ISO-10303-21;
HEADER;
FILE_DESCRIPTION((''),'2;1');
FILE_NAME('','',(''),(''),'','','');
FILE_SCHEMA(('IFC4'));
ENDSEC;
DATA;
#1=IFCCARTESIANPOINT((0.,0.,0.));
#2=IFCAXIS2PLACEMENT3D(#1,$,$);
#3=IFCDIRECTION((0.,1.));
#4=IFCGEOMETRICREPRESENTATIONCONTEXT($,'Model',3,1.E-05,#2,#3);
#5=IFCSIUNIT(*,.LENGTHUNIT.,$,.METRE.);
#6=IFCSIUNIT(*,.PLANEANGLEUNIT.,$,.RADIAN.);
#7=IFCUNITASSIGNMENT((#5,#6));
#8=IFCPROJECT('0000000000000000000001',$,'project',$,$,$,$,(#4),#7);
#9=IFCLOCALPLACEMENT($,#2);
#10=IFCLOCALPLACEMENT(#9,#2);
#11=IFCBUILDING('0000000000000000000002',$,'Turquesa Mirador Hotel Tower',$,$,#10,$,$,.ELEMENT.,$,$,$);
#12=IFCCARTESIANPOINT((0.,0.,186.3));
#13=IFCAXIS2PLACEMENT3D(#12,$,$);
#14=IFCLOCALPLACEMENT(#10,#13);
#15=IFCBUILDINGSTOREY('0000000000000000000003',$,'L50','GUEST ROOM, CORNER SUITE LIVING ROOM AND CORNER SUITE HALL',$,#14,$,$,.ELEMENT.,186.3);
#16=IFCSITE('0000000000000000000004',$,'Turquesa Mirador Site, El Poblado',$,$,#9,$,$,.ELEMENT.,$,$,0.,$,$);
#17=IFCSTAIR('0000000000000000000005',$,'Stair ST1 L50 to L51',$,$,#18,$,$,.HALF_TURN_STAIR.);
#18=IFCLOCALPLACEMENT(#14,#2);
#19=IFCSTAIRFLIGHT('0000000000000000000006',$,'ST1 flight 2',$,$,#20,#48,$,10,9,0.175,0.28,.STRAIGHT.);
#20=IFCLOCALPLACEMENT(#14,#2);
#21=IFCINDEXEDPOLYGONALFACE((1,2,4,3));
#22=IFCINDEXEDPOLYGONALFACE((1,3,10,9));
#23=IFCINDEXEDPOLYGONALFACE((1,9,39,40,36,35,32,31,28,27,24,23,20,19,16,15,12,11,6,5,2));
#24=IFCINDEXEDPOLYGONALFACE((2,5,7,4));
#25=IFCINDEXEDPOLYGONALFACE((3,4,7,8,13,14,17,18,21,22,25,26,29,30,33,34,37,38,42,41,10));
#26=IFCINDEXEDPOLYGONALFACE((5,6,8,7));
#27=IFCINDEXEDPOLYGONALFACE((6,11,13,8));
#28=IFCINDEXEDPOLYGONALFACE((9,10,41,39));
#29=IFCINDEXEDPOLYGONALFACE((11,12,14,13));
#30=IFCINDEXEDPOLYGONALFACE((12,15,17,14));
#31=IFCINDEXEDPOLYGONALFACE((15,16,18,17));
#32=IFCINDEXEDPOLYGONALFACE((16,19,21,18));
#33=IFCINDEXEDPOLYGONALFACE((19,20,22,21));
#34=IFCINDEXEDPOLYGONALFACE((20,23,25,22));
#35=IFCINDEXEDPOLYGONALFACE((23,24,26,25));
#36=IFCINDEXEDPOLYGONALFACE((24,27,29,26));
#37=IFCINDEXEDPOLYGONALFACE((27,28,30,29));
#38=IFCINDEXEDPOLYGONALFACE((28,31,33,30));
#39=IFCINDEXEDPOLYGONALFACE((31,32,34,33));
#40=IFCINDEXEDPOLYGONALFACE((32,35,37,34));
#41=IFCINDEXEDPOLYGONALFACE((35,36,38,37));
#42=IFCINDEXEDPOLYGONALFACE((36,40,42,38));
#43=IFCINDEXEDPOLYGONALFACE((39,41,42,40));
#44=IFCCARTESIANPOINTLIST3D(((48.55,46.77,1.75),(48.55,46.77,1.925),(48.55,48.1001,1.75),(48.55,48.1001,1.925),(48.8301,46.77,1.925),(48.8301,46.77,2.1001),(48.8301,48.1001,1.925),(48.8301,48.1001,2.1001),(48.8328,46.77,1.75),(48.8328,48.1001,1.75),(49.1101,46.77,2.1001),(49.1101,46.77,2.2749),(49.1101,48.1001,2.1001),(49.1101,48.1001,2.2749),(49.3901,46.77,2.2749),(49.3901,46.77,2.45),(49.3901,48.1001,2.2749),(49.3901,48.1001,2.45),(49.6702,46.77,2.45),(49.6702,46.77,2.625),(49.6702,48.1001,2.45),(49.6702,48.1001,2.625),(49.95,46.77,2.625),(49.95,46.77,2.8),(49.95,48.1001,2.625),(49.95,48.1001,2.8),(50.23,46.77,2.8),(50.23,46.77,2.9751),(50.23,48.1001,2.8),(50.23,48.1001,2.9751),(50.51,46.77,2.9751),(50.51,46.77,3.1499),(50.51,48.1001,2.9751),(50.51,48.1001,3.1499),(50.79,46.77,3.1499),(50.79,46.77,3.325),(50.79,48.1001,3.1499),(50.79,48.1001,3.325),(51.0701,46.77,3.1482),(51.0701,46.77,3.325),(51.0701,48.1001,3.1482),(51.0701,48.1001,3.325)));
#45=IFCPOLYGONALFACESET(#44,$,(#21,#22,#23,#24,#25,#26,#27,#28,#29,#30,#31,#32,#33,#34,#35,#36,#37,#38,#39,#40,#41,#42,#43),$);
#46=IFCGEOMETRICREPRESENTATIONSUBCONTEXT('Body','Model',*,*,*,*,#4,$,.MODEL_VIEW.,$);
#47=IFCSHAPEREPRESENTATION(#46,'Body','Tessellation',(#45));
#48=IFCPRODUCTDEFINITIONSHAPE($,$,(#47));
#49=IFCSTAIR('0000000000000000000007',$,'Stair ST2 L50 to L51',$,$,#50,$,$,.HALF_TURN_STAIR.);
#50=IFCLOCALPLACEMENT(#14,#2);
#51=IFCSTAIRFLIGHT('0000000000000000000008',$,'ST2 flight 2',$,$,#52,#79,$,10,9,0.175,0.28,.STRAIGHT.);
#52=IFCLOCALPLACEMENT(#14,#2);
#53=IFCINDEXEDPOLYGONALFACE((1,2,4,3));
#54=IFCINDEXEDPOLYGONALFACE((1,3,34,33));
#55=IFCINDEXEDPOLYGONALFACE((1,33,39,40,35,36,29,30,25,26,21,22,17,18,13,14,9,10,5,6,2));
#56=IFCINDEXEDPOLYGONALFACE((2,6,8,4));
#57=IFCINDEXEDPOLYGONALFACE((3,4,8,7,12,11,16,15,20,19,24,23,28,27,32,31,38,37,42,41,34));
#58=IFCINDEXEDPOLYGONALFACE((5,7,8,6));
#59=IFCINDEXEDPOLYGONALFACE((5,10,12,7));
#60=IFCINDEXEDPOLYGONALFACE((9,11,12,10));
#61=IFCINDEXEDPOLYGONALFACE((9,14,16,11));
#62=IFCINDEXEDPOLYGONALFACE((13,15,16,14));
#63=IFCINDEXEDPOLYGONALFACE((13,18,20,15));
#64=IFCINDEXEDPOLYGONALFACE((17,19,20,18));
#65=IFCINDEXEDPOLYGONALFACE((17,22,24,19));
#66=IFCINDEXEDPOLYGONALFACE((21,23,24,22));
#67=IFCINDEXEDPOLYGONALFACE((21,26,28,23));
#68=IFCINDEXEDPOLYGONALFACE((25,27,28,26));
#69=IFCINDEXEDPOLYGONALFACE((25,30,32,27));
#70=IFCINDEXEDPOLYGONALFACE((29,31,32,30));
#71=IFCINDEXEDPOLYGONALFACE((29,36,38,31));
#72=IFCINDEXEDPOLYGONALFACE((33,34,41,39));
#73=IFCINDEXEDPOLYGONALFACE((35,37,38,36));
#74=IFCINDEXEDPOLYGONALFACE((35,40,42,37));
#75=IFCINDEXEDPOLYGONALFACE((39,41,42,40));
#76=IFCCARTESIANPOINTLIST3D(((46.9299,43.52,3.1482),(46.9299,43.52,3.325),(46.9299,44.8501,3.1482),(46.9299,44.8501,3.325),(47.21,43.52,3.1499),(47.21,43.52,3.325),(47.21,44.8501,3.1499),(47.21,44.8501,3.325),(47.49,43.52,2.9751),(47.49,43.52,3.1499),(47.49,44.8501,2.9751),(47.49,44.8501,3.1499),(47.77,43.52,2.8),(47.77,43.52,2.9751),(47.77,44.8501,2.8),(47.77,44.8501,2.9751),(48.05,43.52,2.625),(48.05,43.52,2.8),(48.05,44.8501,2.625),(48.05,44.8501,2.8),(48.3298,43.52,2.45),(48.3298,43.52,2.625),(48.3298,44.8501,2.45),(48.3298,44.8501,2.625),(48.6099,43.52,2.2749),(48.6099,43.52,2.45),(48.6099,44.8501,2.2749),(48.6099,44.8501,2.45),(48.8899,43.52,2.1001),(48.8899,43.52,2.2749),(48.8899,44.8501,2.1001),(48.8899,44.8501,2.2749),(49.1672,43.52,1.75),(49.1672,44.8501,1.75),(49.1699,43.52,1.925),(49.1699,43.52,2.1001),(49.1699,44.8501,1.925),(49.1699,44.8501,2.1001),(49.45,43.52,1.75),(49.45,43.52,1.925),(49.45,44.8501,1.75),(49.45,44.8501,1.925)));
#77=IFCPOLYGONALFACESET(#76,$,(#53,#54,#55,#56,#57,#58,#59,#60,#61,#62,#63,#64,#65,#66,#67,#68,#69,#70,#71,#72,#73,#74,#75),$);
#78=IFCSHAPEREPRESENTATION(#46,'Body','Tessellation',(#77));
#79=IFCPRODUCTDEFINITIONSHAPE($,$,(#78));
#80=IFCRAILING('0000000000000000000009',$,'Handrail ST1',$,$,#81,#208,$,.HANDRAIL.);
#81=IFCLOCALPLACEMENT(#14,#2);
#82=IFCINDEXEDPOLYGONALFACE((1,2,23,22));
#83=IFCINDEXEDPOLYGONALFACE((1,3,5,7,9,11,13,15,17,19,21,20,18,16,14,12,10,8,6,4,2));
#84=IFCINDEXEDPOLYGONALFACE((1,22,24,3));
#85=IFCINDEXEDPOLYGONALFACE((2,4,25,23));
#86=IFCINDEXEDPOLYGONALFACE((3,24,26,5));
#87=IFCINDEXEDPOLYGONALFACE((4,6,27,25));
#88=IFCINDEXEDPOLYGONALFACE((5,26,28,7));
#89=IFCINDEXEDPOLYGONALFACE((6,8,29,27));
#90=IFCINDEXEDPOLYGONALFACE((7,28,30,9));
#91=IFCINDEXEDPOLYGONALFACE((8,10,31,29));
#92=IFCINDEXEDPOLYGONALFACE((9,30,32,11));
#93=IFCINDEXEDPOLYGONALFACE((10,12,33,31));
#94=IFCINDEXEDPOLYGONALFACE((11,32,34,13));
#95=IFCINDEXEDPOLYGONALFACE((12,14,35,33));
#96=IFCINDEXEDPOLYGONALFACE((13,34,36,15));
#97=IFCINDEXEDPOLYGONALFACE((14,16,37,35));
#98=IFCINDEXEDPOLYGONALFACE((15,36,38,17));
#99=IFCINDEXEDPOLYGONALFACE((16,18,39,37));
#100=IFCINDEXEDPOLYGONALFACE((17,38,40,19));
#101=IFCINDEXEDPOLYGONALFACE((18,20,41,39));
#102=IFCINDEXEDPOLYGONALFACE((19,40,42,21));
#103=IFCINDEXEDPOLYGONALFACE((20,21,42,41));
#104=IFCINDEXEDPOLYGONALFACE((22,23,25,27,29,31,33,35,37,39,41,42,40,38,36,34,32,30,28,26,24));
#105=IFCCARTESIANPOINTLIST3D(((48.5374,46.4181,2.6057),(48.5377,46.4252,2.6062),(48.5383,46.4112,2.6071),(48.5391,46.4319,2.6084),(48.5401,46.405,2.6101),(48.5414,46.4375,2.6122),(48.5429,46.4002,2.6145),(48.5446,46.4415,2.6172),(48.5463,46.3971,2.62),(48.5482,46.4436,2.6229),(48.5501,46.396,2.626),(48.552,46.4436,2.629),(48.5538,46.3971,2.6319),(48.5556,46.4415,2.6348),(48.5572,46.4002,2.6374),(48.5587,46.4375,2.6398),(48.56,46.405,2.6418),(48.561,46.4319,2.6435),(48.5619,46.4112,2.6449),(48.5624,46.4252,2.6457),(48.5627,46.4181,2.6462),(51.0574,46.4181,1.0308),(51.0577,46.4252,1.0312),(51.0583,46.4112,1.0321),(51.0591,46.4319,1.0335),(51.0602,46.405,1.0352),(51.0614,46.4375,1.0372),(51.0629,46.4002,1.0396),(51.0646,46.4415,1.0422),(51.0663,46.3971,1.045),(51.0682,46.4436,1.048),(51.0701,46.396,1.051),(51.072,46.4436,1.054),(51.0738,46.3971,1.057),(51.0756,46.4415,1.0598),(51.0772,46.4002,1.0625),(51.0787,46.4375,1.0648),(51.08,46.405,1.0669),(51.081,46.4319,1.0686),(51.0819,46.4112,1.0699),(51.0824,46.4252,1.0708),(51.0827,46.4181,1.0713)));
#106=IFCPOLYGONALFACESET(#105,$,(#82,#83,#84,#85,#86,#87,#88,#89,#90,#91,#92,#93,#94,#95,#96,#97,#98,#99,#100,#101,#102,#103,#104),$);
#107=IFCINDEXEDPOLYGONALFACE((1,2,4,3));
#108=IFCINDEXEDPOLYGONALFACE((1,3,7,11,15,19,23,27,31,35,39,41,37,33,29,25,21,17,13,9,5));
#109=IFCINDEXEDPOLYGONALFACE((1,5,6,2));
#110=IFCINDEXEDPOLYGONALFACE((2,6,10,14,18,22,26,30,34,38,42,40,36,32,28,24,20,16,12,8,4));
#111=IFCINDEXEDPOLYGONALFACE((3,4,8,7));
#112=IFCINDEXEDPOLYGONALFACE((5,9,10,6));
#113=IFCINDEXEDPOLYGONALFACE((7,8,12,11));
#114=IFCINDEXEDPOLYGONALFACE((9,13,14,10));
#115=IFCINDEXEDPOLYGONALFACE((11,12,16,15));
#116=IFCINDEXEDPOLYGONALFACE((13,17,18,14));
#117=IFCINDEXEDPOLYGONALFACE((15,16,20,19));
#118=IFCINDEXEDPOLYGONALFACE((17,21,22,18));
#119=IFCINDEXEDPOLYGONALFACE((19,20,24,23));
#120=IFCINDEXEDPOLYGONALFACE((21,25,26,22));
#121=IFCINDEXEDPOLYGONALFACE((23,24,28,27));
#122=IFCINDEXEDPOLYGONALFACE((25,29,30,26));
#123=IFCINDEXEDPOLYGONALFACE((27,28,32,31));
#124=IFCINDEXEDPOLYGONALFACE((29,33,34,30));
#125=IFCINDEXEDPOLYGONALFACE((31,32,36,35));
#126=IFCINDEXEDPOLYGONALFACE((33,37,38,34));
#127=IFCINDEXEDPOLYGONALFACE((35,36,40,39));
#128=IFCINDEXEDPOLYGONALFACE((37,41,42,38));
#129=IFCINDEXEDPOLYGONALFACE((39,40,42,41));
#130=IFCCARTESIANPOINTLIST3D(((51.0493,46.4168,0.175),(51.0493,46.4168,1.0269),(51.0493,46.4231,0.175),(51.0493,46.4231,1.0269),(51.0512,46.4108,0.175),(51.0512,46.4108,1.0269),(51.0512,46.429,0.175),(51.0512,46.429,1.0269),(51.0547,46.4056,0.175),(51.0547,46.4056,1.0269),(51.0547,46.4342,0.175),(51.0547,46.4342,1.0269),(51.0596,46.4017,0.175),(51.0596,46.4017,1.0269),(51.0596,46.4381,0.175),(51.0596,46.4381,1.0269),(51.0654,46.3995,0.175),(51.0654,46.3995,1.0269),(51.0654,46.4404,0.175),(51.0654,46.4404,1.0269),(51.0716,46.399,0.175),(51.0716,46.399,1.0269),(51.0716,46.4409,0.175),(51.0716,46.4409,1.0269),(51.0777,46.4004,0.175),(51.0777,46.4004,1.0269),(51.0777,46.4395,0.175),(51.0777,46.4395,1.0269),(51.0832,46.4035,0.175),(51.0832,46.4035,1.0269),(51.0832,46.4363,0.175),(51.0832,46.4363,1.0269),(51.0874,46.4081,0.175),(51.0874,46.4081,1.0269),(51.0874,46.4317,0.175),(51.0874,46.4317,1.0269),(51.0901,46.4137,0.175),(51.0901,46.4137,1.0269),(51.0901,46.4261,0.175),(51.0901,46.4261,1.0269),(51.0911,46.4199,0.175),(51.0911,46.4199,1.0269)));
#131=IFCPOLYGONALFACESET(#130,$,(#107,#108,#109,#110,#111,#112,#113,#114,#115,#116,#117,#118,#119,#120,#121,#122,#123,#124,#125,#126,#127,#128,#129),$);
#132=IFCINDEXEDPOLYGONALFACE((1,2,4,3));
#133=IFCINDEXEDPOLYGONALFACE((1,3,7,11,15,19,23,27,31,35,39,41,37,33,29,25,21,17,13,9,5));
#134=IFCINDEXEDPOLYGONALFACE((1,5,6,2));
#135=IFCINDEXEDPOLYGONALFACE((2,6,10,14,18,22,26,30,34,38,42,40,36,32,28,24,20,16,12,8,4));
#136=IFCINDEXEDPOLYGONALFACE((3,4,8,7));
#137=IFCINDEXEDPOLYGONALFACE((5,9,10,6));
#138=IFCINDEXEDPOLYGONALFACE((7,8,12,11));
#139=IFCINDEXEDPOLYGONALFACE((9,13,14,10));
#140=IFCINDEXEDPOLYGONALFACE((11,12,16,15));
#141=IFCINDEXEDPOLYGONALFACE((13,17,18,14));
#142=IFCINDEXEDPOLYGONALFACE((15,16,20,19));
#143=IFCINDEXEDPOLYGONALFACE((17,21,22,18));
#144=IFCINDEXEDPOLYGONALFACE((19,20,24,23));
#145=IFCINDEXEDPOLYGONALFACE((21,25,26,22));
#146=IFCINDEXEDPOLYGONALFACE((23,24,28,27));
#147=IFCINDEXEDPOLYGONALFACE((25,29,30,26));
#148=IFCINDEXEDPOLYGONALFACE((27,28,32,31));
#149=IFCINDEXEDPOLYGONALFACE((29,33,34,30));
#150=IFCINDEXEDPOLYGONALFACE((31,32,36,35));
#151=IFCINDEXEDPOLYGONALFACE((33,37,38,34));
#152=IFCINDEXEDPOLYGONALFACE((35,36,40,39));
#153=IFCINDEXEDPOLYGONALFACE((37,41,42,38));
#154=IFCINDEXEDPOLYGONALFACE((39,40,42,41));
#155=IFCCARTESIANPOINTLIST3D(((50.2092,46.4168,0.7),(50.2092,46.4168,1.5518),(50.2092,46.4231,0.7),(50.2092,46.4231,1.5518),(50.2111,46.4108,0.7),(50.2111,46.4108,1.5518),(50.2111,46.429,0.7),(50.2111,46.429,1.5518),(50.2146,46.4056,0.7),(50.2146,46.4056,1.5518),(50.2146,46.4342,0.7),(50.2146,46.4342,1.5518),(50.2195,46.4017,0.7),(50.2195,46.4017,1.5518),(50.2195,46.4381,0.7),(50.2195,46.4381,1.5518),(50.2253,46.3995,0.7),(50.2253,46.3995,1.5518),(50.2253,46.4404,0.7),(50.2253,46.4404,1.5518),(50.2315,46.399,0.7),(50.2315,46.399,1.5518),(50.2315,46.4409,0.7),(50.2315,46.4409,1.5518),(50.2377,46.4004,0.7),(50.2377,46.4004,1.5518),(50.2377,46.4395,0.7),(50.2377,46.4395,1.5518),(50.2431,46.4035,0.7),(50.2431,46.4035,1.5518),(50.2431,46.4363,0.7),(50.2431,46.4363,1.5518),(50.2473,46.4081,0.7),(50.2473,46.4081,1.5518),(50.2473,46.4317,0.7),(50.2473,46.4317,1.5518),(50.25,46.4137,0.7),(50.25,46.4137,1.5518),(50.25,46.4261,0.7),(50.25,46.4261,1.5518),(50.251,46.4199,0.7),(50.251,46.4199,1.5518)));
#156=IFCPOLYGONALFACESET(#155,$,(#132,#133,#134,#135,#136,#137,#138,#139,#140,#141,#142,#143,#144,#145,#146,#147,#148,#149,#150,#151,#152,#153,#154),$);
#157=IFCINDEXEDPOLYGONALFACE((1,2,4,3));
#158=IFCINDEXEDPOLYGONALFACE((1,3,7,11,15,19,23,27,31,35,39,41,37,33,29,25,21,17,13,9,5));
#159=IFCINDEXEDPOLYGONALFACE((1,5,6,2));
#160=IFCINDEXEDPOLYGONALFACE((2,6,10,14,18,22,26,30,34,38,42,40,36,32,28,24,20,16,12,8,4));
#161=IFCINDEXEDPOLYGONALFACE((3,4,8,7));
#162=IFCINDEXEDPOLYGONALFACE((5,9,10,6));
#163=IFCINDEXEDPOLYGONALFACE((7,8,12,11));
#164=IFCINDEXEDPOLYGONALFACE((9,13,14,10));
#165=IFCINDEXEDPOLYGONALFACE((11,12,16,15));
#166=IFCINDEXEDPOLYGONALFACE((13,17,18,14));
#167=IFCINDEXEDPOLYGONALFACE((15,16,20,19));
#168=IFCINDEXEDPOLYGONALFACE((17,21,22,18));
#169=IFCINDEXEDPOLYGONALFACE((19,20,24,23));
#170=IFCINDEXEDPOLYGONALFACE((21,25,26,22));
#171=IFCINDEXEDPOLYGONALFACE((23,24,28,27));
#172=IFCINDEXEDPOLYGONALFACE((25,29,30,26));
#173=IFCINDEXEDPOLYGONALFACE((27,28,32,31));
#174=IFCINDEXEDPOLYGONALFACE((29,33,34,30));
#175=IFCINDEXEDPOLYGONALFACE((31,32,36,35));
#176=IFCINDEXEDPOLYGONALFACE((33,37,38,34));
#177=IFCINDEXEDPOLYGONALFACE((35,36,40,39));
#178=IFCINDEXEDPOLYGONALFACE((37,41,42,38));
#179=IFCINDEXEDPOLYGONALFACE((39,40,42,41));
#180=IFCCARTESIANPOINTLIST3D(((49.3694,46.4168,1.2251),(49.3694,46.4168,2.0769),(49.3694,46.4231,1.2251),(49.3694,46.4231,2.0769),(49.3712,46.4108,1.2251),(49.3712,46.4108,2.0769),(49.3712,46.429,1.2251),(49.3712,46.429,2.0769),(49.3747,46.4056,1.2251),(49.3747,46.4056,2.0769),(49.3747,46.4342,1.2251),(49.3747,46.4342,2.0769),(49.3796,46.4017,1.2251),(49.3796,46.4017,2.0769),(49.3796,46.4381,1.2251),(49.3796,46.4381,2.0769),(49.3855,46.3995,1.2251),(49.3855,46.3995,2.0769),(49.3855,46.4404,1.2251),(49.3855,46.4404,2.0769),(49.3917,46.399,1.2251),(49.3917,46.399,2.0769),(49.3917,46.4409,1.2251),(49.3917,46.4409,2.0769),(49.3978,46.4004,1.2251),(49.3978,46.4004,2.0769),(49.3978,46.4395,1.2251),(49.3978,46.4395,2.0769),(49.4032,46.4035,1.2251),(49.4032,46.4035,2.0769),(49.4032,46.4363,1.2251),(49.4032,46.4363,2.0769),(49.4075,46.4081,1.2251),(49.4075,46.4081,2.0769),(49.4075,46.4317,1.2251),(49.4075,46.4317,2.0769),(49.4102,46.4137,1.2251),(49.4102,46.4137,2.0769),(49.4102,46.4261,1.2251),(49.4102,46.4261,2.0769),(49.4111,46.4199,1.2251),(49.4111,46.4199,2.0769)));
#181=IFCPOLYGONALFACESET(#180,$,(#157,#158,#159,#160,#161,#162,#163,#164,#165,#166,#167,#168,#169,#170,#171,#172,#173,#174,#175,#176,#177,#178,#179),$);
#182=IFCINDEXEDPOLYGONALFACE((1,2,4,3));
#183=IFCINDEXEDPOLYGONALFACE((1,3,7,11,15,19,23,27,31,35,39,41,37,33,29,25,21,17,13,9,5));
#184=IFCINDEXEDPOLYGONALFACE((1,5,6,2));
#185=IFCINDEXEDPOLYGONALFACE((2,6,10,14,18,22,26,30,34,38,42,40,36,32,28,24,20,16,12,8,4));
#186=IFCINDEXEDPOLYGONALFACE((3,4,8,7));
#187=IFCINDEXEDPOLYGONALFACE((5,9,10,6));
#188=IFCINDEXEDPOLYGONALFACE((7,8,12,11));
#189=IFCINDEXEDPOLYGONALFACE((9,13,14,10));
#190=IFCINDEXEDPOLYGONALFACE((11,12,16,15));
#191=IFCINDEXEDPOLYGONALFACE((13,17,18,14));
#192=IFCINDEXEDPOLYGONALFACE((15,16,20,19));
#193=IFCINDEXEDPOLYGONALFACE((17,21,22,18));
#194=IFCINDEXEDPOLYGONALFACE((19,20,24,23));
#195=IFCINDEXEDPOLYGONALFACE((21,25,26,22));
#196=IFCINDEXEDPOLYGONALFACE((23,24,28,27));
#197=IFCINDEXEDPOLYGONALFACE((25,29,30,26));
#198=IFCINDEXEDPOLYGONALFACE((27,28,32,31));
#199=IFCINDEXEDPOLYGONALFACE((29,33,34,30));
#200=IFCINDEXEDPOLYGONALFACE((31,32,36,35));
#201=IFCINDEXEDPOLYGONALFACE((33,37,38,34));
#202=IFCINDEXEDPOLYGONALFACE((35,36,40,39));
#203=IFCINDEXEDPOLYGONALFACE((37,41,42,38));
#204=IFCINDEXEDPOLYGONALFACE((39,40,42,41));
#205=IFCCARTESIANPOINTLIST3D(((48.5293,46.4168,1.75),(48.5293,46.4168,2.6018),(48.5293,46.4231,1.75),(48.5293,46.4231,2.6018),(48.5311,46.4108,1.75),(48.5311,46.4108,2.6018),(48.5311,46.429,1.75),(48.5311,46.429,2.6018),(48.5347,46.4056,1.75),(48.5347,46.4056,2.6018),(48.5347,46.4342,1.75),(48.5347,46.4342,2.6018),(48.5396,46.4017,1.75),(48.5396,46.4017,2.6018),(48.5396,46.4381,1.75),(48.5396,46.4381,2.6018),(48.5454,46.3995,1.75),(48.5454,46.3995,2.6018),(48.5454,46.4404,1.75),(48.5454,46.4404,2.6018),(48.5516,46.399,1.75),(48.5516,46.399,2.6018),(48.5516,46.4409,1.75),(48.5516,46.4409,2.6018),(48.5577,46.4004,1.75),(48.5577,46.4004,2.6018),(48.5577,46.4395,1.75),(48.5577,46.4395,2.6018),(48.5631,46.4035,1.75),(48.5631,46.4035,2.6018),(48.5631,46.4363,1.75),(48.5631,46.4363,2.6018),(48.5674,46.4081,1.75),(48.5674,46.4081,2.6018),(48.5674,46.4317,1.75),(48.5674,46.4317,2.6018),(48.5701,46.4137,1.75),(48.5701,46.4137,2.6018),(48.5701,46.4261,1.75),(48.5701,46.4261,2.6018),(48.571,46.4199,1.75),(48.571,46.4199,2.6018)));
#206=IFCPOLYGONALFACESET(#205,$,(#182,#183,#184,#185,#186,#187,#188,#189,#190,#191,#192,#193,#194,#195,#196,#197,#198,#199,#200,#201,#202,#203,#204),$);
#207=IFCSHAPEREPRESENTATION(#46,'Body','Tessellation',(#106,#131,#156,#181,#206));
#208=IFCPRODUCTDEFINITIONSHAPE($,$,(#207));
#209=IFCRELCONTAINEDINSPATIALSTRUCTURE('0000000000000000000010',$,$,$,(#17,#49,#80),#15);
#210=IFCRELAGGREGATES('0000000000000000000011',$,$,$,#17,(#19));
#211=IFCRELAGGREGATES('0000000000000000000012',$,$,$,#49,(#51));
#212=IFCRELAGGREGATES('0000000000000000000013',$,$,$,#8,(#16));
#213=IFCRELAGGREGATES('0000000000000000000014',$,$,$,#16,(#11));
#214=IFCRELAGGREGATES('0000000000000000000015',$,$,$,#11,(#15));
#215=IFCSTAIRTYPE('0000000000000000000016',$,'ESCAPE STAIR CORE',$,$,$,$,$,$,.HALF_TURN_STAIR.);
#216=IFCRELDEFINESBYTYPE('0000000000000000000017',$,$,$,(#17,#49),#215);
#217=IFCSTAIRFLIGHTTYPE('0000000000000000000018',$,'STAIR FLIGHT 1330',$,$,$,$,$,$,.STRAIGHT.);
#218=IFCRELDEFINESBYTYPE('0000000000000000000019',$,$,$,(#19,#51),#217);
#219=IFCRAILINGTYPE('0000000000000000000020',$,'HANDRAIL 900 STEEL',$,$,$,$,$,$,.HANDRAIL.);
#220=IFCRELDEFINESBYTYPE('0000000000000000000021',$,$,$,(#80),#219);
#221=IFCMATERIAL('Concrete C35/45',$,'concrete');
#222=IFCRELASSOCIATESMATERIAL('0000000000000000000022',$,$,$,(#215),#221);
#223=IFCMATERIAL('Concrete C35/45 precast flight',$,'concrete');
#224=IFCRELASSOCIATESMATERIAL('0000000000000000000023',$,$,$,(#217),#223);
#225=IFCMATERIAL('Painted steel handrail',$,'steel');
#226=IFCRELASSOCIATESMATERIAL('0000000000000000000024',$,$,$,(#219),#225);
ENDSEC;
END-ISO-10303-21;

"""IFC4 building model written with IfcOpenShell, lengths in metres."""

from ifc_helpers import new_model, si_unit, direction, frame, origin, origin_2d, place, context, subcontext, project, spatial, polyline, circle, outline, extrude, material, type_object, element, aggregate, save


model = new_model("IFC4")

# Units and contexts
model_context = context("Model", 3, precision=1e-05, world=origin(), true_north=direction((0.0, 1.0)))
body_context = subcontext(model_context, "Body", "Model", "MODEL_VIEW")
ifc_project = project(units=[si_unit("LENGTHUNIT", "METRE"), si_unit("PLANEANGLEUNIT", "RADIAN")], contexts=[model_context])

# Site, building, storey
site_placement = place(None, origin())
site = spatial("IfcSite", under=ifc_project, at=site_placement, Name="Turquesa Mirador Site, El Poblado", CompositionType="ELEMENT", RefElevation=0.0)
building_placement = place(site_placement, origin())
building = spatial("IfcBuilding", under=site, at=building_placement, Name="Turquesa Mirador Hotel Tower", CompositionType="ELEMENT")
storey_placement = place(building_placement, frame((0.0, 0.0, 186.3)))
storey = spatial("IfcBuildingStorey", under=building, at=storey_placement, Name="L50", Description="GUEST ROOM, CORNER SUITE LIVING ROOM AND CORNER SUITE HALL", CompositionType="ELEMENT", Elevation=186.3)

# Stair, stair flight
ifc_material_1 = material(Name="Concrete C35/45", Category="concrete")
stair_type = type_object("IfcStairType", Name="ESCAPE STAIR CORE", PredefinedType="HALF_TURN_STAIR", material=ifc_material_1)
stair_1_placement = place(storey_placement, origin())
stair_1 = element("IfcStair", 1, at=stair_1_placement, inside=storey, type_object=stair_type, Name="Stair ST1 L50 to L51", PredefinedType="HALF_TURN_STAIR")
ifc_material_2 = material(Name="Concrete C35/45 precast flight", Category="concrete")
stair_flight_type = type_object("IfcStairFlightType", Name="STAIR FLIGHT 1330", PredefinedType="STRAIGHT", material=ifc_material_2)
stair_flight_1_placement = place(storey_placement, frame((48.55, 47.4351, 1.75), z_axis=(0.0, 0.0, 1.0), x_axis=(1.0, 0.0, 0.0)))
stair_flight_1 = element("IfcStairFlight", 2, at=stair_flight_1_placement, type_object=stair_flight_type, Name="ST1 flight 2", NumberOfRisers=10, NumberOfTreads=9, PredefinedType="STRAIGHT", RiserHeight=0.175, TreadLength=0.28, context=body_context, shape_type="SweptSolid", body=[
    extrude(outline(polyline([(0.0, 0.0), (0.0, 0.175), (0.28, 0.175), (0.28, 0.3501), (0.5601, 0.3501), (0.5601, 0.5249), (0.8401, 0.5249), (0.8401, 0.7), (1.1201, 0.7), (1.1201, 0.875), (1.3999, 0.875), (1.3999, 1.05), (1.6799, 1.05), (1.6799, 1.2251), (1.96, 1.2251), (1.96, 1.3999), (2.24, 1.3999), (2.24, 1.575), (2.52, 1.575), (2.52, 1.75), (2.52, 1.3982), (0.2827, 0.0), (0.0, 0.0)])), frame((0.0, 0.665, 0.0), z_axis=(0.0, -1.0, 0.0), x_axis=(1.0, 0.0, 0.0)), (0.0, 0.0, 1.0), 1.3301),
])
aggregate(stair_1, [stair_flight_1])

# Stair, stair flight
stair_2_placement = place(storey_placement, origin())
stair_2 = element("IfcStair", 3, at=stair_2_placement, inside=storey, type_object=stair_type, Name="Stair ST2 L50 to L51", PredefinedType="HALF_TURN_STAIR")
stair_flight_2_placement = place(storey_placement, frame((49.45, 44.1851, 1.75), z_axis=(0.0, 0.0, 1.0), x_axis=(-1.0, 0.0, 0.0)))
stair_flight_2 = element("IfcStairFlight", 4, at=stair_flight_2_placement, type_object=stair_flight_type, Name="ST2 flight 2", NumberOfRisers=10, NumberOfTreads=9, PredefinedType="STRAIGHT", RiserHeight=0.175, TreadLength=0.28, context=body_context, shape_type="SweptSolid", body=[
    extrude(outline(polyline([(0.0, 0.0), (0.0, 0.175), (0.28, 0.175), (0.28, 0.3501), (0.5601, 0.3501), (0.5601, 0.5249), (0.8401, 0.5249), (0.8401, 0.7), (1.1201, 0.7), (1.1201, 0.875), (1.3999, 0.875), (1.3999, 1.05), (1.6799, 1.05), (1.6799, 1.2251), (1.96, 1.2251), (1.96, 1.3999), (2.24, 1.3999), (2.24, 1.575), (2.52, 1.575), (2.52, 1.75), (2.52, 1.3982), (0.2827, 0.0), (0.0, 0.0)])), frame((0.0, 0.665, 0.0), z_axis=(0.0, -1.0, 0.0), x_axis=(1.0, 0.0, 0.0)), (0.0, 0.0, 1.0), 1.3301),
])
aggregate(stair_2, [stair_flight_2])

# Railing
ifc_material_3 = material(Name="Painted steel handrail", Category="steel")
railing_type = type_object("IfcRailingType", Name="HANDRAIL 900 STEEL", PredefinedType="HANDRAIL", material=ifc_material_3)
railing_1_placement = place(storey_placement, frame((51.0701, 46.4199, 0.175)))
element("IfcRailing", 5, at=railing_1_placement, inside=storey, type_object=railing_type, Name="Handrail ST1", PredefinedType="HANDRAIL", context=body_context, shape_type="SweptSolid", body=[
    extrude(circle(Radius=0.0239, at=origin_2d()), frame((0.0, 0.0, 0.876), z_axis=(-0.848008, 0.0, 0.529984), x_axis=(0.0, -1.0, 0.0)), (0.0, 0.0, 1.0), 2.9717),
    extrude(circle(Radius=0.021, at=origin_2d()), origin(), (0.0, 0.0, 1.0), 0.8518),
    extrude(circle(Radius=0.021, at=origin_2d()), frame((-0.8401, 0.0, 0.5249)), (0.0, 0.0, 1.0), 0.8518),
    extrude(circle(Radius=0.021, at=origin_2d()), frame((-1.6799, 0.0, 1.05)), (0.0, 0.0, 1.0), 0.8518),
    extrude(circle(Radius=0.021, at=origin_2d()), frame((-2.52, 0.0, 1.575)), (0.0, 0.0, 1.0), 0.8518),
])

save(model, "model.ifc")
